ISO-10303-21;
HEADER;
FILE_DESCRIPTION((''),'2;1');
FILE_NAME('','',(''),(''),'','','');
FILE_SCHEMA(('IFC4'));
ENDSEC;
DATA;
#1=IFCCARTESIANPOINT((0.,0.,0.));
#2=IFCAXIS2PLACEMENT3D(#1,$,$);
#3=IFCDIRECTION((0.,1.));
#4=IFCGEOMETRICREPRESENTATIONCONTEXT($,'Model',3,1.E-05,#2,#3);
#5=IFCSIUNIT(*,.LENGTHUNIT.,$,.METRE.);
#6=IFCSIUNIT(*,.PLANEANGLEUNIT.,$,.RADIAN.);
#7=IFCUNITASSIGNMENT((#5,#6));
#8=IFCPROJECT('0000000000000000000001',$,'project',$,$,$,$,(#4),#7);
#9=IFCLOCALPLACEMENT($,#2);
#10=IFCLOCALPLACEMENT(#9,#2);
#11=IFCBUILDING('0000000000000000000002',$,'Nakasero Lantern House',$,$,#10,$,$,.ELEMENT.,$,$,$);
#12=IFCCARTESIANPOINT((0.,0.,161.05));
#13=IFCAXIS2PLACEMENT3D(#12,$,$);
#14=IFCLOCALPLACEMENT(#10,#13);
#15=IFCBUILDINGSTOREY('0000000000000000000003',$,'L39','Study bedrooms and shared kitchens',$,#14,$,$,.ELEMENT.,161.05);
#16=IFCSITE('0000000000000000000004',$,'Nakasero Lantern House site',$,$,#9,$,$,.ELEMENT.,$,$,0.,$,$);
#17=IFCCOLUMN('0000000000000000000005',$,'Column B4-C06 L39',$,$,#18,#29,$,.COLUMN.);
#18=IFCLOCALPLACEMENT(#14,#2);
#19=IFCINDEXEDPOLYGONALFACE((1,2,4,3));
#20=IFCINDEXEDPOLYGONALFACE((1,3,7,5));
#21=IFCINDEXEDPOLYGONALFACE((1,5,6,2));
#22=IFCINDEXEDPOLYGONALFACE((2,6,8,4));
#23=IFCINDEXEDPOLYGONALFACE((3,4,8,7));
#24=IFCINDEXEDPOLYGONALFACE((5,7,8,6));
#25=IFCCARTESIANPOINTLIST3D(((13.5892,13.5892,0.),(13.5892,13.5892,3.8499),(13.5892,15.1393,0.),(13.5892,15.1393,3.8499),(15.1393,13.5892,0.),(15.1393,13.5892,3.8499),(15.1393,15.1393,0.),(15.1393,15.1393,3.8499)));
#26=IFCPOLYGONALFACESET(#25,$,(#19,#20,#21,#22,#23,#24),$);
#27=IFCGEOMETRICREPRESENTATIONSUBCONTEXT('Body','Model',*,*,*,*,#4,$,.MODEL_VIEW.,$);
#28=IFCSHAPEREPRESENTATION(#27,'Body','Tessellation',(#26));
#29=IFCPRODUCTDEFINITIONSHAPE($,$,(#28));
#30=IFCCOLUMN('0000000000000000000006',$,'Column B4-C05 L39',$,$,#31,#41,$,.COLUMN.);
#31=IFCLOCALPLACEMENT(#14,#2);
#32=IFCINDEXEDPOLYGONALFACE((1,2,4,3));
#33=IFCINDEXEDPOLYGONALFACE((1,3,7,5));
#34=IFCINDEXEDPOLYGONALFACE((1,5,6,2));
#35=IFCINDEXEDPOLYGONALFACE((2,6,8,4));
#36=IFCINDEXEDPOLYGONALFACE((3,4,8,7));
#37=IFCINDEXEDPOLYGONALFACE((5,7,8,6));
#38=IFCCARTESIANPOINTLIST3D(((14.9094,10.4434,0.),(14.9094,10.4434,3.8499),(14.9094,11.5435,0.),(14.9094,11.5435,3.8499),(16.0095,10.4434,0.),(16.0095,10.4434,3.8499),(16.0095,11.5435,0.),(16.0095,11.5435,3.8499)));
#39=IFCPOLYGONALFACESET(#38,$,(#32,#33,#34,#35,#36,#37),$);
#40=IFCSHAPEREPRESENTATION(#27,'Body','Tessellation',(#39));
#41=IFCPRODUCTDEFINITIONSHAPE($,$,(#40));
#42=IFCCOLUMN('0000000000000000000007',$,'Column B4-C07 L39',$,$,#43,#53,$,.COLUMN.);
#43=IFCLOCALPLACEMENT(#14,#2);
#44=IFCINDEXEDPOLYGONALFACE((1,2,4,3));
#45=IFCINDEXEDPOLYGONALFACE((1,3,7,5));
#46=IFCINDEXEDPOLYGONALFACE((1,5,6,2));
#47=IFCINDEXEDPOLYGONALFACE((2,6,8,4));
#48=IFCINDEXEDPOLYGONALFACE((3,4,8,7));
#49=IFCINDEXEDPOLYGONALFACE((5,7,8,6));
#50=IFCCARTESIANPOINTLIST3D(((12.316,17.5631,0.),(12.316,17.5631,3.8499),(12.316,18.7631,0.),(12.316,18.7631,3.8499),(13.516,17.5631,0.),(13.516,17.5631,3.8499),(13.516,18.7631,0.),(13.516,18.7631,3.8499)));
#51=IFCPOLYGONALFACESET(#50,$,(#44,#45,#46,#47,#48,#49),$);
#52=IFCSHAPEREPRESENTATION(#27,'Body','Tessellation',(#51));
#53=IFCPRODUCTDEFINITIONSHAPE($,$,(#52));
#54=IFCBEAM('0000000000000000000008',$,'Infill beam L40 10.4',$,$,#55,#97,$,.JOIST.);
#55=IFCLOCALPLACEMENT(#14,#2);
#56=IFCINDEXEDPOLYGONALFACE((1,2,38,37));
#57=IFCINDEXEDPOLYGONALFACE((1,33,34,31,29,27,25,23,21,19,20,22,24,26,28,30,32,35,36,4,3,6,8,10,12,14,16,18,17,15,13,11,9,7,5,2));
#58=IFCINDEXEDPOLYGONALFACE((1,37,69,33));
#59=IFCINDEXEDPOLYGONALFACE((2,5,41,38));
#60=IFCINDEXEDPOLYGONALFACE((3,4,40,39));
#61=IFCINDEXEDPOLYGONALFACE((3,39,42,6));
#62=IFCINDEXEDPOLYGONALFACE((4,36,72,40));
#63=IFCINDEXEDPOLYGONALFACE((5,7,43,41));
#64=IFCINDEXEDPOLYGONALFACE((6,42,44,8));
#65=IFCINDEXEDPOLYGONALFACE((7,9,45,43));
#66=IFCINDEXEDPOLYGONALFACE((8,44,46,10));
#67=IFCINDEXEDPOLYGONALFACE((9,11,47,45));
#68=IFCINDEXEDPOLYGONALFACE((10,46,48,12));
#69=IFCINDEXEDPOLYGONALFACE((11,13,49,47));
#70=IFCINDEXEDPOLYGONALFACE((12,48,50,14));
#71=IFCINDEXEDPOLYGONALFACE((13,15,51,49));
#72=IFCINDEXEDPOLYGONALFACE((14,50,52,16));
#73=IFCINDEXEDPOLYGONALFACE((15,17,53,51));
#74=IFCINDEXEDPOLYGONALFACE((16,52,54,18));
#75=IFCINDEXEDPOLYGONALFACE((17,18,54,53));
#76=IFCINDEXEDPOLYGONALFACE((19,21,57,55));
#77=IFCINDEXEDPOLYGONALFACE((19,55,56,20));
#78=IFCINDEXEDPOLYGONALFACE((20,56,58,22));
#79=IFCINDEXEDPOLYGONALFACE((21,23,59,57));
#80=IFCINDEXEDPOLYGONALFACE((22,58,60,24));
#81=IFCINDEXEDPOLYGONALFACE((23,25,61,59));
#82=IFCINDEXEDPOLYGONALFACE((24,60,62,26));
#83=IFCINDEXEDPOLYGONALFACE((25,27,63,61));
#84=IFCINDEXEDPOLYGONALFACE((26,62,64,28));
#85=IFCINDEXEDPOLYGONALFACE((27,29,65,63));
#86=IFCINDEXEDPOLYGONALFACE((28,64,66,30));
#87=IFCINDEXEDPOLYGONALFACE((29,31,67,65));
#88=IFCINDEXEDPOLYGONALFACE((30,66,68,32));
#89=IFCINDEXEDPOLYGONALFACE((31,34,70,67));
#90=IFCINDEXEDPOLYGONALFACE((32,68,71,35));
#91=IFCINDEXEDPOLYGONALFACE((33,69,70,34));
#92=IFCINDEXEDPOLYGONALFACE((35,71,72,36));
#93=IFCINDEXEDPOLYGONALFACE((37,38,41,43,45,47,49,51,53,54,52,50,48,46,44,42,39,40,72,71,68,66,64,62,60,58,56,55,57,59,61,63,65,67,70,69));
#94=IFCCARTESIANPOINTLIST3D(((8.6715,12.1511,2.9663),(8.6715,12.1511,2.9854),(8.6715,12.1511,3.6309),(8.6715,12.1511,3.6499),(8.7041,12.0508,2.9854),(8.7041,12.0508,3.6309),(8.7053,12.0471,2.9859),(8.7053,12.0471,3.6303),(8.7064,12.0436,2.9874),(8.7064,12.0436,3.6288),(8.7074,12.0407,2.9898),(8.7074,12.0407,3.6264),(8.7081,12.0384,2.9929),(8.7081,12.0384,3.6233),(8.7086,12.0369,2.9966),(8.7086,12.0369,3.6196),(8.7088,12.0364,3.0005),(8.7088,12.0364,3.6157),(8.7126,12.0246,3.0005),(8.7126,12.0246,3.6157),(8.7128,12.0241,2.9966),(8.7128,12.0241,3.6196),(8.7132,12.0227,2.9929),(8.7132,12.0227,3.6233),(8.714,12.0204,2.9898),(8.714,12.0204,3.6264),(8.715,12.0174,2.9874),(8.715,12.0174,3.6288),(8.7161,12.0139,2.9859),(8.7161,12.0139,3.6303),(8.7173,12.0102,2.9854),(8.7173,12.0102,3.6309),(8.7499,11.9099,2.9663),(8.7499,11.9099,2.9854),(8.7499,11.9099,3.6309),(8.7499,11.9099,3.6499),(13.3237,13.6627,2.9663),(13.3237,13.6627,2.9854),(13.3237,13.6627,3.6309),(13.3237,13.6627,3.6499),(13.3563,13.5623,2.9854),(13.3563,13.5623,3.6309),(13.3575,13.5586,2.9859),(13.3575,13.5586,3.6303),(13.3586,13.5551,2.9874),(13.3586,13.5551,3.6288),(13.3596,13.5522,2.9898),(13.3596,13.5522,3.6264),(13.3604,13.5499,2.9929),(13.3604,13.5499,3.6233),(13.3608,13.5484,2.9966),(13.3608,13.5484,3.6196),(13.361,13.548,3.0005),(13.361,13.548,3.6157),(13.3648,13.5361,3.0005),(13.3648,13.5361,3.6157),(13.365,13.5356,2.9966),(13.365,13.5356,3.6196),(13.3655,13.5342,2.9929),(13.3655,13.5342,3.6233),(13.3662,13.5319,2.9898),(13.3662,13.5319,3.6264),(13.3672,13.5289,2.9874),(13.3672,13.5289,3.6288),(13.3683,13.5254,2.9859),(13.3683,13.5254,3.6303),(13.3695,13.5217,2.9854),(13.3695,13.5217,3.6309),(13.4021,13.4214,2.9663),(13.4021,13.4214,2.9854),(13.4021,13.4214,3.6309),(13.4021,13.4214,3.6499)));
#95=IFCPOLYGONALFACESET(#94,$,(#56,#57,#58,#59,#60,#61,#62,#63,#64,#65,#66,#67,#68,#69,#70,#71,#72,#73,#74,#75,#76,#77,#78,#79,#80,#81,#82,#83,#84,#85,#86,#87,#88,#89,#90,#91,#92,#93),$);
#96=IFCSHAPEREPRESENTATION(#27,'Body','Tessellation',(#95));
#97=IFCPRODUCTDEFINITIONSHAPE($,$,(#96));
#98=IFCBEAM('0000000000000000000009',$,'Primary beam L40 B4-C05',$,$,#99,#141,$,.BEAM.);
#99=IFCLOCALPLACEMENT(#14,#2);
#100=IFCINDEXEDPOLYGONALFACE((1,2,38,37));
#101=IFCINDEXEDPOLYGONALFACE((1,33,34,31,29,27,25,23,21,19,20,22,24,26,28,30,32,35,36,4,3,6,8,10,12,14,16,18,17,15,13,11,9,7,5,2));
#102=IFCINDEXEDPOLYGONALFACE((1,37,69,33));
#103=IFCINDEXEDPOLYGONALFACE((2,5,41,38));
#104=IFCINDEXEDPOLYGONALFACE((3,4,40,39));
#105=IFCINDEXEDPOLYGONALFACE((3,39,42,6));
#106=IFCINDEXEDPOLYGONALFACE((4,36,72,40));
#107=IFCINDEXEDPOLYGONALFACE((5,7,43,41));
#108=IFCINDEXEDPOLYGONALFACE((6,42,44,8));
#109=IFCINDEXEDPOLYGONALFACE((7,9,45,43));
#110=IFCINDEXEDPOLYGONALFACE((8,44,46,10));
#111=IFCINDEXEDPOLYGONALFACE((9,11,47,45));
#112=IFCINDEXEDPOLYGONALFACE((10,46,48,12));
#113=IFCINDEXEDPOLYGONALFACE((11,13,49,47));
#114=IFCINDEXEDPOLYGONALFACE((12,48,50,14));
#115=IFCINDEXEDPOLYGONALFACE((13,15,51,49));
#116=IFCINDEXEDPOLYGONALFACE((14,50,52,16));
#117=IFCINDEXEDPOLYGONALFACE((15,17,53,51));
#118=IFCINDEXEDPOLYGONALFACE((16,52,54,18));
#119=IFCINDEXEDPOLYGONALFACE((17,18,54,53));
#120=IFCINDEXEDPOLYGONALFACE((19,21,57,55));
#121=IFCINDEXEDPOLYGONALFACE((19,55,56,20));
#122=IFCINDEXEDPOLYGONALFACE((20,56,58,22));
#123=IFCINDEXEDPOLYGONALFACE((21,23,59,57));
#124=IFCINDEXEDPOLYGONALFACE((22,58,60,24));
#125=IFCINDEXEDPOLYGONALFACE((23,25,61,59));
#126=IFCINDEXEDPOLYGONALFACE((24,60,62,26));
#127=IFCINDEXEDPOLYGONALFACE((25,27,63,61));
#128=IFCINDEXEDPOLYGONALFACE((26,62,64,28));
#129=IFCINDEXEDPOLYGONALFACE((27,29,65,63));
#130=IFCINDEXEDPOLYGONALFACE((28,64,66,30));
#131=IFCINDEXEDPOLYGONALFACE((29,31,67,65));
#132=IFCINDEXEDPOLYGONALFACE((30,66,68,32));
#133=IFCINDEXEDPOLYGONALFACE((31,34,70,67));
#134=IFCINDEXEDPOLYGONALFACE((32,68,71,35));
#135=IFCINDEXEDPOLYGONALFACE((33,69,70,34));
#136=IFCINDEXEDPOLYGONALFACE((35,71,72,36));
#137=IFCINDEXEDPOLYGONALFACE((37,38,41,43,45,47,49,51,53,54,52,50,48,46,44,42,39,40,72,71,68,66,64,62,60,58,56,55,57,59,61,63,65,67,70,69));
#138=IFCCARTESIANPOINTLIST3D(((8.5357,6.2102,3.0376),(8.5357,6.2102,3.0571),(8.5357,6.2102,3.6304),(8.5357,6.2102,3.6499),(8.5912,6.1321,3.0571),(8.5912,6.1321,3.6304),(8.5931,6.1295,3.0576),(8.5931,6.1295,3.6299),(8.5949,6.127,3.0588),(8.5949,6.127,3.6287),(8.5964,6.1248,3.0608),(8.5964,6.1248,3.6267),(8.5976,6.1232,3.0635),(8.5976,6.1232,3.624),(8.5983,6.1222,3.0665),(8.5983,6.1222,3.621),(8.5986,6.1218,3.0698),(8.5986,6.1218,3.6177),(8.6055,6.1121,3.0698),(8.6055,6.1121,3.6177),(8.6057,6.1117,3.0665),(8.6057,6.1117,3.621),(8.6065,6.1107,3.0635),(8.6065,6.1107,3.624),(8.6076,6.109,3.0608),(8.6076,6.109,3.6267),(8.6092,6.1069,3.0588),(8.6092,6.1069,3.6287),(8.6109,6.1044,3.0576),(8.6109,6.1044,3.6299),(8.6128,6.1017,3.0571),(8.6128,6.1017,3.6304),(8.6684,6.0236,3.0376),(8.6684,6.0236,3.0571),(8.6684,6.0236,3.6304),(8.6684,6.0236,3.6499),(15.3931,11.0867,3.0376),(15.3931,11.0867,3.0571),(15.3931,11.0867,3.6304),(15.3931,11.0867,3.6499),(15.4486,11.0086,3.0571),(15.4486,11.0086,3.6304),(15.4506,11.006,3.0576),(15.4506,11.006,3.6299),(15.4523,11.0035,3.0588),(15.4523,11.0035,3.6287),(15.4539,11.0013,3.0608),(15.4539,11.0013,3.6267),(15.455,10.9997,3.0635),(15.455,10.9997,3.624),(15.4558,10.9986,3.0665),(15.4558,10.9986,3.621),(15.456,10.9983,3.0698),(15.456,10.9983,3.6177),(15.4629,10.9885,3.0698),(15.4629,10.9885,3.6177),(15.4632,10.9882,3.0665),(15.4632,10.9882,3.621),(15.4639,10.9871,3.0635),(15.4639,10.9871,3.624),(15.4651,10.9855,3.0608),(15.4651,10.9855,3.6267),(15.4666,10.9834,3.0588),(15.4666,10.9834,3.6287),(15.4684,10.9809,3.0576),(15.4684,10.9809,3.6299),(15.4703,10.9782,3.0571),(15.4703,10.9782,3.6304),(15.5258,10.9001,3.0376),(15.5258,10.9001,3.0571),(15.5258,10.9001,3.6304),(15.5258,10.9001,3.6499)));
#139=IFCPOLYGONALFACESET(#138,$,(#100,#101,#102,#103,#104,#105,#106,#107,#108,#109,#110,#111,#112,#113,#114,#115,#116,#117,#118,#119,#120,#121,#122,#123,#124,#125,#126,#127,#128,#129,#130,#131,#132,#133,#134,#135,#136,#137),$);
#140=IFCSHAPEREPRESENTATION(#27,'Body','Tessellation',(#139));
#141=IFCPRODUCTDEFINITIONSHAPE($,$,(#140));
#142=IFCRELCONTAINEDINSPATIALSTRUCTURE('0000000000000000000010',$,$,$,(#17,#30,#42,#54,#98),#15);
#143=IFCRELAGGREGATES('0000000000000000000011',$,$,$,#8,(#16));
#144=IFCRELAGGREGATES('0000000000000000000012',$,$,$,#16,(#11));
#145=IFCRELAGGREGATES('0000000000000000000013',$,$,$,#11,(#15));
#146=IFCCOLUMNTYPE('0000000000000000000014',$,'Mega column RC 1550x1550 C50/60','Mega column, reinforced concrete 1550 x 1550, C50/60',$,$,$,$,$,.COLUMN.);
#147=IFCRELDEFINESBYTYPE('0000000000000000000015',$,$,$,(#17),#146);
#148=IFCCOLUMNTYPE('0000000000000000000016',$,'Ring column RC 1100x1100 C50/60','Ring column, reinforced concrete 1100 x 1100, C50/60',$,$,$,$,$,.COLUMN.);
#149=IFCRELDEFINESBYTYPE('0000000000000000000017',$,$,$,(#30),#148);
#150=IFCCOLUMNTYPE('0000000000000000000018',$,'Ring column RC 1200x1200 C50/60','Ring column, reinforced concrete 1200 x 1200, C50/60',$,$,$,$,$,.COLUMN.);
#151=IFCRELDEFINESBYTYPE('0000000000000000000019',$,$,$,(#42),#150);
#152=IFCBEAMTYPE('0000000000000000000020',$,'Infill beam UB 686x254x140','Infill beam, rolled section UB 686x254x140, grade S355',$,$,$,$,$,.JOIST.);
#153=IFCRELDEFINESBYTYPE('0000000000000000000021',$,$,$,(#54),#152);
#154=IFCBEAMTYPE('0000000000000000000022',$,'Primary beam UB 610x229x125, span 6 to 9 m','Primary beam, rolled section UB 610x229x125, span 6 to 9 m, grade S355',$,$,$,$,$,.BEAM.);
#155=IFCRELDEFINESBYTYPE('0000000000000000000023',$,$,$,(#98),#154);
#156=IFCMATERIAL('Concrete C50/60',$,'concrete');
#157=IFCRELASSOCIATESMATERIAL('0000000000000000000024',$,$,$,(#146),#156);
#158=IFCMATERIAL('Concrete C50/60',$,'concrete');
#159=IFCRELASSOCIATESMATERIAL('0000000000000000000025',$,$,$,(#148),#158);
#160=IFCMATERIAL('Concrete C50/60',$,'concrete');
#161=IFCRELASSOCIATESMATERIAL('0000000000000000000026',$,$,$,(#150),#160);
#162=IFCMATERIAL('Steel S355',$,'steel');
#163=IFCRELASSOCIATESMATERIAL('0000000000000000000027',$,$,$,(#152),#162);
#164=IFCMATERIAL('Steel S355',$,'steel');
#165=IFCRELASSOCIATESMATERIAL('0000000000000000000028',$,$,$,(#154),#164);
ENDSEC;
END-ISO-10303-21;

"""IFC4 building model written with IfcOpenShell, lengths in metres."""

from ifc_helpers import new_model, si_unit, direction, frame, origin, origin_2d, place, context, subcontext, project, spatial, rectangle, i_section, extrude, material, material_profile, profile_set, type_object, element, save


model = new_model("IFC4")

# Units and contexts
model_context = context("Model", 3, precision=1e-05, world=origin(), true_north=direction((0.0, 1.0)))
body_context = subcontext(model_context, "Body", "Model", "MODEL_VIEW")
ifc_project = project(units=[si_unit("LENGTHUNIT", "METRE"), si_unit("PLANEANGLEUNIT", "RADIAN")], contexts=[model_context])

# Site, building, storey
site_placement = place(None, origin())
site = spatial("IfcSite", under=ifc_project, at=site_placement, Name="Nakasero Lantern House site", CompositionType="ELEMENT", RefElevation=0.0)
building_placement = place(site_placement, origin())
building = spatial("IfcBuilding", under=site, at=building_placement, Name="Nakasero Lantern House", CompositionType="ELEMENT")
storey_placement = place(building_placement, frame((0.0, 0.0, 161.05)))
storey = spatial("IfcBuildingStorey", under=building, at=storey_placement, Name="L39", Description="Study bedrooms and shared kitchens", CompositionType="ELEMENT", Elevation=161.05)

# Columns
ifc_material_1 = material(Name="Concrete C50/60", Category="concrete")
ifc_material_profile_1 = material_profile(ifc_material_1, rectangle(XDim=1.55, YDim=1.55, at=origin_2d()), Name="RC 1550x1550")
ifc_profile_set_1 = profile_set([ifc_material_profile_1], Name="Concrete C50/60")
column_type_1 = type_object("IfcColumnType", Name="Mega column RC 1550x1550 C50/60", Description="Mega column, reinforced concrete 1550 x 1550, C50/60", PredefinedType="COLUMN", material=ifc_profile_set_1)
column_1_placement = place(storey_placement, frame((14.3643, 14.3643, 0.0), z_axis=(0.0, 0.0, 1.0), x_axis=(1.0, 0.0, 0.0)))
element("IfcColumn", 1, at=column_1_placement, inside=storey, type_object=column_type_1, Name="Column B4-C06 L39", PredefinedType="COLUMN", context=body_context, shape_type="SweptSolid", body=[
    extrude(rectangle(XDim=1.55, YDim=1.55, at=origin_2d()), origin(), (0.0, 0.0, 1.0), 3.8499),
])
ifc_material_2 = material(Name="Concrete C50/60", Category="concrete")
ifc_material_profile_2 = material_profile(ifc_material_2, rectangle(XDim=1.1001, YDim=1.1001, at=origin_2d()), Name="RC 1100x1100")
ifc_profile_set_2 = profile_set([ifc_material_profile_2], Name="Concrete C50/60")
column_type_2 = type_object("IfcColumnType", Name="Ring column RC 1100x1100 C50/60", Description="Ring column, reinforced concrete 1100 x 1100, C50/60", PredefinedType="COLUMN", material=ifc_profile_set_2)
column_2_placement = place(storey_placement, frame((15.4595, 10.9934, 0.0), z_axis=(0.0, 0.0, 1.0), x_axis=(1.0, 0.0, 0.0)))
element("IfcColumn", 2, at=column_2_placement, inside=storey, type_object=column_type_2, Name="Column B4-C05 L39", PredefinedType="COLUMN", context=body_context, shape_type="SweptSolid", body=[
    extrude(rectangle(XDim=1.1001, YDim=1.1001, at=origin_2d()), origin(), (0.0, 0.0, 1.0), 3.8499),
])
ifc_material_3 = material(Name="Concrete C50/60", Category="concrete")
ifc_material_profile_3 = material_profile(ifc_material_3, rectangle(XDim=1.2, YDim=1.2, at=origin_2d()), Name="RC 1200x1200")
ifc_profile_set_3 = profile_set([ifc_material_profile_3], Name="Concrete C50/60")
column_type_3 = type_object("IfcColumnType", Name="Ring column RC 1200x1200 C50/60", Description="Ring column, reinforced concrete 1200 x 1200, C50/60", PredefinedType="COLUMN", material=ifc_profile_set_3)
column_3_placement = place(storey_placement, frame((12.916, 18.1631, 0.0), z_axis=(0.0, 0.0, 1.0), x_axis=(1.0, 0.0, 0.0)))
element("IfcColumn", 3, at=column_3_placement, inside=storey, type_object=column_type_3, Name="Column B4-C07 L39", PredefinedType="COLUMN", context=body_context, shape_type="SweptSolid", body=[
    extrude(rectangle(XDim=1.2, YDim=1.2, at=origin_2d()), origin(), (0.0, 0.0, 1.0), 3.8499),
])

# Beams
ifc_material_4 = material(Name="Steel S355", Category="steel")
ifc_material_profile_4 = material_profile(ifc_material_4, i_section(OverallWidth=0.2537, OverallDepth=0.6836, WebThickness=0.0125, FlangeThickness=0.019, FilletRadius=0.0151, at=origin_2d()), Name="UB 686x254x140")
ifc_profile_set_4 = profile_set([ifc_material_profile_4], Name="Steel S355")
beam_type_1 = type_object("IfcBeamType", Name="Infill beam UB 686x254x140", Description="Infill beam, rolled section UB 686x254x140, grade S355", PredefinedType="JOIST", material=ifc_profile_set_4)
beam_1_placement = place(storey_placement, frame((8.7107, 12.0305, 3.3081), z_axis=(0.951062, 0.309001, 0.0), x_axis=(-0.309001, 0.951062, 0.0)))
element("IfcBeam", 4, at=beam_1_placement, inside=storey, type_object=beam_type_1, Name="Infill beam L40 10.4", PredefinedType="JOIST", context=body_context, shape_type="SweptSolid", body=[
    extrude(i_section(OverallWidth=0.2537, OverallDepth=0.6836, WebThickness=0.0125, FlangeThickness=0.019, FilletRadius=0.0151, at=origin_2d()), origin(), (0.0, 0.0, 1.0), 4.8916),
])
ifc_material_5 = material(Name="Steel S355", Category="steel")
ifc_material_profile_5 = material_profile(ifc_material_5, i_section(OverallWidth=0.229, OverallDepth=0.6123, WebThickness=0.012, FlangeThickness=0.0195, FilletRadius=0.0127, at=origin_2d()), Name="UB 610x229x125")
ifc_profile_set_5 = profile_set([ifc_material_profile_5], Name="Steel S355")
beam_type_2 = type_object("IfcBeamType", Name="Primary beam UB 610x229x125, span 6 to 9 m", Description="Primary beam, rolled section UB 610x229x125, span 6 to 9 m, grade S355", PredefinedType="BEAM", material=ifc_profile_set_5)
beam_2_placement = place(storey_placement, frame((15.4595, 10.9934, 3.3438), z_axis=(-0.814951, -0.57953, 0.0), x_axis=(0.57953, -0.814951, 0.0)))
element("IfcBeam", 5, at=beam_2_placement, inside=storey, type_object=beam_type_2, Name="Primary beam L40 B4-C05", PredefinedType="BEAM", context=body_context, shape_type="SweptSolid", body=[
    extrude(i_section(OverallWidth=0.229, OverallDepth=0.6123, WebThickness=0.012, FlangeThickness=0.0195, FilletRadius=0.0127, at=origin_2d()), origin(), (0.0, 0.0, 1.0), 8.4146),
])

save(model, "model.ifc")
